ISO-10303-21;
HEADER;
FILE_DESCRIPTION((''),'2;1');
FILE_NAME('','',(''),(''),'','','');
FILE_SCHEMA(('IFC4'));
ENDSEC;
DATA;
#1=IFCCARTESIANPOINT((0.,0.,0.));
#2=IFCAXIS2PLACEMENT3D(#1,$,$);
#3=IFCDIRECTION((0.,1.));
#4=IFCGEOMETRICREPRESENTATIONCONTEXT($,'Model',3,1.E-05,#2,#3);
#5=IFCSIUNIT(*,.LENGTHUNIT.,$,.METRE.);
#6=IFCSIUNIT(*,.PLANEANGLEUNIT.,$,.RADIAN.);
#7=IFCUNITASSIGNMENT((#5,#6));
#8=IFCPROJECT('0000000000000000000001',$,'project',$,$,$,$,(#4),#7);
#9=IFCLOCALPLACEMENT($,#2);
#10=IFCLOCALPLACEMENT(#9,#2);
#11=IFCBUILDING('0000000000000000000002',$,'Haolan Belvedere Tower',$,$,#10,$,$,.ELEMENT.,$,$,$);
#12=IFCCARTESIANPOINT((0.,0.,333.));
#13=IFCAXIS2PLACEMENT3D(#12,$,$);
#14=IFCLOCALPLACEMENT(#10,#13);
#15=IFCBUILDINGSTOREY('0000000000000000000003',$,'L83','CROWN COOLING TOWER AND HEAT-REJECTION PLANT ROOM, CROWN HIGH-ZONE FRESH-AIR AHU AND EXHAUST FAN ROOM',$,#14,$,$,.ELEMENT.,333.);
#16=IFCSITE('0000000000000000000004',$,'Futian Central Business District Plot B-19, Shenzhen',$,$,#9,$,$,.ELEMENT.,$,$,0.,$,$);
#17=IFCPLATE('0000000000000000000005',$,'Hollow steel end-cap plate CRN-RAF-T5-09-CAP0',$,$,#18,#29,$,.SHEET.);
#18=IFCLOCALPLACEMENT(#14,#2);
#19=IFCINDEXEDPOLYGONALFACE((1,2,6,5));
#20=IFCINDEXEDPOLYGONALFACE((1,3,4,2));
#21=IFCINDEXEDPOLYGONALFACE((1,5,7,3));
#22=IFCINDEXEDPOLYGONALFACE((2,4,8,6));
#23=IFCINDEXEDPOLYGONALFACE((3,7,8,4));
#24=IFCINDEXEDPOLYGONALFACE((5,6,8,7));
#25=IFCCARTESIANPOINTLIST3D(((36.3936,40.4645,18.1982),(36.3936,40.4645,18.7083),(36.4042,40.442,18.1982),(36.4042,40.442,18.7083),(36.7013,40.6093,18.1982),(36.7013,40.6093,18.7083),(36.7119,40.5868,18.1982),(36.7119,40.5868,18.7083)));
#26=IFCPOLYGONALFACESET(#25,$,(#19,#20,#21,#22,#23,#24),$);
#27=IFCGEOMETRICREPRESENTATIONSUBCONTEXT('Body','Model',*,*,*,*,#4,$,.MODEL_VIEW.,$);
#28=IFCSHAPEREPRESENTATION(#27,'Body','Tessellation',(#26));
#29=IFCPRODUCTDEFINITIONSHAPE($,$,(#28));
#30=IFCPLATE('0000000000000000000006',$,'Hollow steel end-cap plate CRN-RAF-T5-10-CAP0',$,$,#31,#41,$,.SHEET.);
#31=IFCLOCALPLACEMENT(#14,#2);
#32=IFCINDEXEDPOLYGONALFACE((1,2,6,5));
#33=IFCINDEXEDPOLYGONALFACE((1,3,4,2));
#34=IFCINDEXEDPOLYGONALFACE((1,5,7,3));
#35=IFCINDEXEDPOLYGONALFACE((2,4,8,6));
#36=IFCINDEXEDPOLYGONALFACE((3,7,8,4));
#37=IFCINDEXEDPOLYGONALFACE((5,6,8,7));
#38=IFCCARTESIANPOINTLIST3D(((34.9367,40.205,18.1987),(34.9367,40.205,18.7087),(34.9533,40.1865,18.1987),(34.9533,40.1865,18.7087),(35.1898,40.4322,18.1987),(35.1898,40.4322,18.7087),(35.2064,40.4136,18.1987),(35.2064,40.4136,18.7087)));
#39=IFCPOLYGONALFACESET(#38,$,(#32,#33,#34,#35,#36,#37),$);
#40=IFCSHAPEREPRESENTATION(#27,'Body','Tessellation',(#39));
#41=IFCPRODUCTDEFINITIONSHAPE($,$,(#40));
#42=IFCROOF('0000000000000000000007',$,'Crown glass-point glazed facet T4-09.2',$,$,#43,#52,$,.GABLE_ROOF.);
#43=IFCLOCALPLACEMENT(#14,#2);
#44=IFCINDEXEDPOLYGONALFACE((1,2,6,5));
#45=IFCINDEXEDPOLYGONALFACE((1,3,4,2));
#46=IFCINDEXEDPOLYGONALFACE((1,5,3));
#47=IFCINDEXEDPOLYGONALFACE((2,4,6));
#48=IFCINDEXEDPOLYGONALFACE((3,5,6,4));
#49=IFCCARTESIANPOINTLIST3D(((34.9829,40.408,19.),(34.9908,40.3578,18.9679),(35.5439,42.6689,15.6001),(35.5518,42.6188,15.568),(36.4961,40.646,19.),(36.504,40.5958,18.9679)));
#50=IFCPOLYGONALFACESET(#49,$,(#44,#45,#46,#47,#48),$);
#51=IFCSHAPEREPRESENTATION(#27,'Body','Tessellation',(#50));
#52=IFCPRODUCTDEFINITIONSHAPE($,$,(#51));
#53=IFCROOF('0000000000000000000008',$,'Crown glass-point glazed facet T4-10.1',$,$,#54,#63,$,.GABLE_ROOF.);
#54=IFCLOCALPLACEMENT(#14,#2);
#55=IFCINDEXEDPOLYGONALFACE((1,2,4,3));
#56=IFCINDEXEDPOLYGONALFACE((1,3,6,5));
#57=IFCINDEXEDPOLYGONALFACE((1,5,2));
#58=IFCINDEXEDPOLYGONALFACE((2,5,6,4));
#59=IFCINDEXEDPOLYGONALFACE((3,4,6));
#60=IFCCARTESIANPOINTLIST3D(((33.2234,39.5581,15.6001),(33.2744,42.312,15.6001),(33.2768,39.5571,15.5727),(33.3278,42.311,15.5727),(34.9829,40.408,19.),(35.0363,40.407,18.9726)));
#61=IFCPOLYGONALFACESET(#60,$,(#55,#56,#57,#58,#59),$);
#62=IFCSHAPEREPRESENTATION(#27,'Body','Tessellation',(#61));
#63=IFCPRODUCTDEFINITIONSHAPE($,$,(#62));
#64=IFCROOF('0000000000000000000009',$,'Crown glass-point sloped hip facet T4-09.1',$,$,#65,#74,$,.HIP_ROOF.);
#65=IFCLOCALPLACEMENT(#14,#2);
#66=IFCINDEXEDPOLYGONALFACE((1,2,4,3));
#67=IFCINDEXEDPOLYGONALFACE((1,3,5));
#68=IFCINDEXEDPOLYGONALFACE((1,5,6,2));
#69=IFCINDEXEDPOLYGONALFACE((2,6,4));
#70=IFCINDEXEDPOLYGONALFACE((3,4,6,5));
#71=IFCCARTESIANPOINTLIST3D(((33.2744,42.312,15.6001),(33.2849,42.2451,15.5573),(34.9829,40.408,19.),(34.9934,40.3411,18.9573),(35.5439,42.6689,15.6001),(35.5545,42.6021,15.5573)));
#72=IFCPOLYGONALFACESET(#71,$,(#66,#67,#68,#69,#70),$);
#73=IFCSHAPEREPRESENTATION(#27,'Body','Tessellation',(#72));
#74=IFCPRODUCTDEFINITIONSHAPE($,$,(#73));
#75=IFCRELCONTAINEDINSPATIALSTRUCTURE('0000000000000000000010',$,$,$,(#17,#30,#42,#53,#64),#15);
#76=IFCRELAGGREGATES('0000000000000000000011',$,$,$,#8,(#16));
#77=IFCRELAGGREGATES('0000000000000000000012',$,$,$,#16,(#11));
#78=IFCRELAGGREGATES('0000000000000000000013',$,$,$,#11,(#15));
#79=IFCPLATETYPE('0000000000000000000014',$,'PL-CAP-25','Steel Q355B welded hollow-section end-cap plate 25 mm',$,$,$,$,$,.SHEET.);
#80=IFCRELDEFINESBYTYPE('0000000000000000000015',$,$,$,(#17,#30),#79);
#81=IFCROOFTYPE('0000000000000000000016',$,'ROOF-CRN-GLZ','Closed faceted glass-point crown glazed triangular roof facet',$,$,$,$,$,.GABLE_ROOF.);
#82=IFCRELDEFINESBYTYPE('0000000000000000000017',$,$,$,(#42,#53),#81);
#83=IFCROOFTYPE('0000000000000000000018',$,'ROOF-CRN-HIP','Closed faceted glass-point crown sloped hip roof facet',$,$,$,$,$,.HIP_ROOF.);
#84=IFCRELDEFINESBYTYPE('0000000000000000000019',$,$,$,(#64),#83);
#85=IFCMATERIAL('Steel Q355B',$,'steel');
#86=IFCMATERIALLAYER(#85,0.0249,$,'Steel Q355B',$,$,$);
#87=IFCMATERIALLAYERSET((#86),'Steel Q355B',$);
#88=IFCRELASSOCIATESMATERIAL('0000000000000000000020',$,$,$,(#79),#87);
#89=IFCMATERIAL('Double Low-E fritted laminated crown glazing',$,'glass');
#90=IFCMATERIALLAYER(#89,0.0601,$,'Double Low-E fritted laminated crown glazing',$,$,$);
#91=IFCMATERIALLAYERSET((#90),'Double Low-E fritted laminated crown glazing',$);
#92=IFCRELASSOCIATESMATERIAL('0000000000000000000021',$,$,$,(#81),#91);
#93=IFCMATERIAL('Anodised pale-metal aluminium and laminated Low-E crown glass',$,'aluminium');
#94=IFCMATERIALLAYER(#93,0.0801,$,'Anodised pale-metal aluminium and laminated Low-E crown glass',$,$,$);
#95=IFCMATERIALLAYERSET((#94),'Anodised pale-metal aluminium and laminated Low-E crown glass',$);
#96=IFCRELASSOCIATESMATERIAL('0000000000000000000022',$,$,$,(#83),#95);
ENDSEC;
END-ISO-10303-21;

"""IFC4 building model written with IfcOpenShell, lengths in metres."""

from ifc_helpers import new_model, si_unit, direction, frame, origin, origin_2d, place, context, subcontext, project, spatial, polyline, rectangle, outline, extrude, material, layer, layer_set, type_object, element, save


model = new_model("IFC4")

# Units and contexts
model_context = context("Model", 3, precision=1e-05, world=origin(), true_north=direction((0.0, 1.0)))
body_context = subcontext(model_context, "Body", "Model", "MODEL_VIEW")
ifc_project = project(units=[si_unit("LENGTHUNIT", "METRE"), si_unit("PLANEANGLEUNIT", "RADIAN")], contexts=[model_context])

# Site, building, storey
site_placement = place(None, origin())
site = spatial("IfcSite", under=ifc_project, at=site_placement, Name="Futian Central Business District Plot B-19, Shenzhen", CompositionType="ELEMENT", RefElevation=0.0)
building_placement = place(site_placement, origin())
building = spatial("IfcBuilding", under=site, at=building_placement, Name="Haolan Belvedere Tower", CompositionType="ELEMENT")
storey_placement = place(building_placement, frame((0.0, 0.0, 333.0)))
storey = spatial("IfcBuildingStorey", under=building, at=storey_placement, Name="L83", Description="CROWN COOLING TOWER AND HEAT-REJECTION PLANT ROOM, CROWN HIGH-ZONE FRESH-AIR AHU AND EXHAUST FAN ROOM", CompositionType="ELEMENT", Elevation=333.0)

# Shared definitions
ifc_material_1 = material(Name="Steel Q355B", Category="steel")

# Plates
ifc_layer_1 = layer(ifc_material_1, 0.0249, Name="Steel Q355B")
ifc_layer_set_1 = layer_set([ifc_layer_1], Name="Steel Q355B")
plate_type = type_object("IfcPlateType", Name="PL-CAP-25", Description="Steel Q355B welded hollow-section end-cap plate 25 mm", PredefinedType="SHEET", material=ifc_layer_set_1)
for number, where, z_axis, x_axis, name in (
    (1, (36.5527, 40.5256, 18.1982), (0.0, 0.0, 1.0), (-0.90482, -0.425795, 0.0), "Hollow steel end-cap plate CRN-RAF-T5-09-CAP0"),
    (2, (35.0715, 40.3093, 18.1987), (0.0, 0.0, 1.0), (-0.744288, -0.667859, 0.0), "Hollow steel end-cap plate CRN-RAF-T5-10-CAP0"),
):
    element("IfcPlate", number, at=place(storey_placement, frame(where, z_axis=z_axis, x_axis=x_axis)), inside=storey, type_object=plate_type, Name=name, PredefinedType="SHEET", context=body_context, shape_type="SweptSolid", body=[
        extrude(rectangle(XDim=0.3401, YDim=0.0249, at=origin_2d()), origin(), (0.0, 0.0, 1.0), 0.51),
    ])

# Roofs
ifc_material_2 = material(Name="Double Low-E fritted laminated crown glazing", Category="glass")
ifc_layer_2 = layer(ifc_material_2, 0.0601, Name="Double Low-E fritted laminated crown glazing")
ifc_layer_set_2 = layer_set([ifc_layer_2], Name="Double Low-E fritted laminated crown glazing")
roof_type_1 = type_object("IfcRoofType", Name="ROOF-CRN-GLZ", Description="Closed faceted glass-point crown glazed triangular roof facet", PredefinedType="GABLE_ROOF", material=ifc_layer_set_2)
roof_1_placement = place(storey_placement, frame((35.5439, 42.6689, 15.6001), z_axis=(-0.131404, 0.835326, 0.53382), x_axis=(-0.136126, -0.548593, 0.824933)))
element("IfcRoof", 3, at=roof_1_placement, inside=storey, type_object=roof_type_1, Name="Crown glass-point glazed facet T4-09.2", PredefinedType="GABLE_ROOF", context=body_context, shape_type="SweptSolid", body=[
    extrude(outline(polyline([(0.0, 0.0), (4.1214, 0.0), (3.7849, 1.4944), (0.0, 0.0)])), origin(), (0.0, 0.0, -1.0), 0.0601),
])
roof_2_placement = place(storey_placement, frame((33.2744, 42.312, 15.6001), z_axis=(-0.889672, 0.016484, 0.456303), x_axis=(-0.018525, -0.999828, 0.0)))
element("IfcRoof", 4, at=roof_2_placement, inside=storey, type_object=roof_type_1, Name="Crown glass-point glazed facet T4-10.1", PredefinedType="GABLE_ROOF", context=body_context, shape_type="SweptSolid", body=[
    extrude(outline(polyline([(0.0, 0.0), (2.7544, 0.0), (1.8721, 3.8209), (0.0, 0.0)])), origin(), (0.0, 0.0, -1.0), 0.0601),
])
ifc_material_3 = material(Name="Anodised pale-metal aluminium and laminated Low-E crown glass", Category="aluminium")
ifc_layer_3 = layer(ifc_material_3, 0.0801, Name="Anodised pale-metal aluminium and laminated Low-E crown glass")
ifc_layer_set_3 = layer_set([ifc_layer_3], Name="Anodised pale-metal aluminium and laminated Low-E crown glass")
roof_type_2 = type_object("IfcRoofType", Name="ROOF-CRN-HIP", Description="Closed faceted glass-point crown sloped hip roof facet", PredefinedType="HIP_ROOF", material=ifc_layer_set_3)
roof_3_placement = place(storey_placement, frame((35.5439, 42.6689, 15.6001), z_axis=(-0.131373, 0.835327, 0.533826), x_axis=(-0.987858, -0.155362, 0.0)))
element("IfcRoof", 5, at=roof_3_placement, inside=storey, type_object=roof_type_2, Name="Crown glass-point sloped hip facet T4-09.1", PredefinedType="HIP_ROOF", context=body_context, shape_type="SweptSolid", body=[
    extrude(outline(polyline([(0.0, 0.0), (2.2974, 0.0), (0.9055, 4.0207), (0.0, 0.0)])), origin(), (0.0, 0.0, -1.0), 0.0801),
])

save(model, "model.ifc")
